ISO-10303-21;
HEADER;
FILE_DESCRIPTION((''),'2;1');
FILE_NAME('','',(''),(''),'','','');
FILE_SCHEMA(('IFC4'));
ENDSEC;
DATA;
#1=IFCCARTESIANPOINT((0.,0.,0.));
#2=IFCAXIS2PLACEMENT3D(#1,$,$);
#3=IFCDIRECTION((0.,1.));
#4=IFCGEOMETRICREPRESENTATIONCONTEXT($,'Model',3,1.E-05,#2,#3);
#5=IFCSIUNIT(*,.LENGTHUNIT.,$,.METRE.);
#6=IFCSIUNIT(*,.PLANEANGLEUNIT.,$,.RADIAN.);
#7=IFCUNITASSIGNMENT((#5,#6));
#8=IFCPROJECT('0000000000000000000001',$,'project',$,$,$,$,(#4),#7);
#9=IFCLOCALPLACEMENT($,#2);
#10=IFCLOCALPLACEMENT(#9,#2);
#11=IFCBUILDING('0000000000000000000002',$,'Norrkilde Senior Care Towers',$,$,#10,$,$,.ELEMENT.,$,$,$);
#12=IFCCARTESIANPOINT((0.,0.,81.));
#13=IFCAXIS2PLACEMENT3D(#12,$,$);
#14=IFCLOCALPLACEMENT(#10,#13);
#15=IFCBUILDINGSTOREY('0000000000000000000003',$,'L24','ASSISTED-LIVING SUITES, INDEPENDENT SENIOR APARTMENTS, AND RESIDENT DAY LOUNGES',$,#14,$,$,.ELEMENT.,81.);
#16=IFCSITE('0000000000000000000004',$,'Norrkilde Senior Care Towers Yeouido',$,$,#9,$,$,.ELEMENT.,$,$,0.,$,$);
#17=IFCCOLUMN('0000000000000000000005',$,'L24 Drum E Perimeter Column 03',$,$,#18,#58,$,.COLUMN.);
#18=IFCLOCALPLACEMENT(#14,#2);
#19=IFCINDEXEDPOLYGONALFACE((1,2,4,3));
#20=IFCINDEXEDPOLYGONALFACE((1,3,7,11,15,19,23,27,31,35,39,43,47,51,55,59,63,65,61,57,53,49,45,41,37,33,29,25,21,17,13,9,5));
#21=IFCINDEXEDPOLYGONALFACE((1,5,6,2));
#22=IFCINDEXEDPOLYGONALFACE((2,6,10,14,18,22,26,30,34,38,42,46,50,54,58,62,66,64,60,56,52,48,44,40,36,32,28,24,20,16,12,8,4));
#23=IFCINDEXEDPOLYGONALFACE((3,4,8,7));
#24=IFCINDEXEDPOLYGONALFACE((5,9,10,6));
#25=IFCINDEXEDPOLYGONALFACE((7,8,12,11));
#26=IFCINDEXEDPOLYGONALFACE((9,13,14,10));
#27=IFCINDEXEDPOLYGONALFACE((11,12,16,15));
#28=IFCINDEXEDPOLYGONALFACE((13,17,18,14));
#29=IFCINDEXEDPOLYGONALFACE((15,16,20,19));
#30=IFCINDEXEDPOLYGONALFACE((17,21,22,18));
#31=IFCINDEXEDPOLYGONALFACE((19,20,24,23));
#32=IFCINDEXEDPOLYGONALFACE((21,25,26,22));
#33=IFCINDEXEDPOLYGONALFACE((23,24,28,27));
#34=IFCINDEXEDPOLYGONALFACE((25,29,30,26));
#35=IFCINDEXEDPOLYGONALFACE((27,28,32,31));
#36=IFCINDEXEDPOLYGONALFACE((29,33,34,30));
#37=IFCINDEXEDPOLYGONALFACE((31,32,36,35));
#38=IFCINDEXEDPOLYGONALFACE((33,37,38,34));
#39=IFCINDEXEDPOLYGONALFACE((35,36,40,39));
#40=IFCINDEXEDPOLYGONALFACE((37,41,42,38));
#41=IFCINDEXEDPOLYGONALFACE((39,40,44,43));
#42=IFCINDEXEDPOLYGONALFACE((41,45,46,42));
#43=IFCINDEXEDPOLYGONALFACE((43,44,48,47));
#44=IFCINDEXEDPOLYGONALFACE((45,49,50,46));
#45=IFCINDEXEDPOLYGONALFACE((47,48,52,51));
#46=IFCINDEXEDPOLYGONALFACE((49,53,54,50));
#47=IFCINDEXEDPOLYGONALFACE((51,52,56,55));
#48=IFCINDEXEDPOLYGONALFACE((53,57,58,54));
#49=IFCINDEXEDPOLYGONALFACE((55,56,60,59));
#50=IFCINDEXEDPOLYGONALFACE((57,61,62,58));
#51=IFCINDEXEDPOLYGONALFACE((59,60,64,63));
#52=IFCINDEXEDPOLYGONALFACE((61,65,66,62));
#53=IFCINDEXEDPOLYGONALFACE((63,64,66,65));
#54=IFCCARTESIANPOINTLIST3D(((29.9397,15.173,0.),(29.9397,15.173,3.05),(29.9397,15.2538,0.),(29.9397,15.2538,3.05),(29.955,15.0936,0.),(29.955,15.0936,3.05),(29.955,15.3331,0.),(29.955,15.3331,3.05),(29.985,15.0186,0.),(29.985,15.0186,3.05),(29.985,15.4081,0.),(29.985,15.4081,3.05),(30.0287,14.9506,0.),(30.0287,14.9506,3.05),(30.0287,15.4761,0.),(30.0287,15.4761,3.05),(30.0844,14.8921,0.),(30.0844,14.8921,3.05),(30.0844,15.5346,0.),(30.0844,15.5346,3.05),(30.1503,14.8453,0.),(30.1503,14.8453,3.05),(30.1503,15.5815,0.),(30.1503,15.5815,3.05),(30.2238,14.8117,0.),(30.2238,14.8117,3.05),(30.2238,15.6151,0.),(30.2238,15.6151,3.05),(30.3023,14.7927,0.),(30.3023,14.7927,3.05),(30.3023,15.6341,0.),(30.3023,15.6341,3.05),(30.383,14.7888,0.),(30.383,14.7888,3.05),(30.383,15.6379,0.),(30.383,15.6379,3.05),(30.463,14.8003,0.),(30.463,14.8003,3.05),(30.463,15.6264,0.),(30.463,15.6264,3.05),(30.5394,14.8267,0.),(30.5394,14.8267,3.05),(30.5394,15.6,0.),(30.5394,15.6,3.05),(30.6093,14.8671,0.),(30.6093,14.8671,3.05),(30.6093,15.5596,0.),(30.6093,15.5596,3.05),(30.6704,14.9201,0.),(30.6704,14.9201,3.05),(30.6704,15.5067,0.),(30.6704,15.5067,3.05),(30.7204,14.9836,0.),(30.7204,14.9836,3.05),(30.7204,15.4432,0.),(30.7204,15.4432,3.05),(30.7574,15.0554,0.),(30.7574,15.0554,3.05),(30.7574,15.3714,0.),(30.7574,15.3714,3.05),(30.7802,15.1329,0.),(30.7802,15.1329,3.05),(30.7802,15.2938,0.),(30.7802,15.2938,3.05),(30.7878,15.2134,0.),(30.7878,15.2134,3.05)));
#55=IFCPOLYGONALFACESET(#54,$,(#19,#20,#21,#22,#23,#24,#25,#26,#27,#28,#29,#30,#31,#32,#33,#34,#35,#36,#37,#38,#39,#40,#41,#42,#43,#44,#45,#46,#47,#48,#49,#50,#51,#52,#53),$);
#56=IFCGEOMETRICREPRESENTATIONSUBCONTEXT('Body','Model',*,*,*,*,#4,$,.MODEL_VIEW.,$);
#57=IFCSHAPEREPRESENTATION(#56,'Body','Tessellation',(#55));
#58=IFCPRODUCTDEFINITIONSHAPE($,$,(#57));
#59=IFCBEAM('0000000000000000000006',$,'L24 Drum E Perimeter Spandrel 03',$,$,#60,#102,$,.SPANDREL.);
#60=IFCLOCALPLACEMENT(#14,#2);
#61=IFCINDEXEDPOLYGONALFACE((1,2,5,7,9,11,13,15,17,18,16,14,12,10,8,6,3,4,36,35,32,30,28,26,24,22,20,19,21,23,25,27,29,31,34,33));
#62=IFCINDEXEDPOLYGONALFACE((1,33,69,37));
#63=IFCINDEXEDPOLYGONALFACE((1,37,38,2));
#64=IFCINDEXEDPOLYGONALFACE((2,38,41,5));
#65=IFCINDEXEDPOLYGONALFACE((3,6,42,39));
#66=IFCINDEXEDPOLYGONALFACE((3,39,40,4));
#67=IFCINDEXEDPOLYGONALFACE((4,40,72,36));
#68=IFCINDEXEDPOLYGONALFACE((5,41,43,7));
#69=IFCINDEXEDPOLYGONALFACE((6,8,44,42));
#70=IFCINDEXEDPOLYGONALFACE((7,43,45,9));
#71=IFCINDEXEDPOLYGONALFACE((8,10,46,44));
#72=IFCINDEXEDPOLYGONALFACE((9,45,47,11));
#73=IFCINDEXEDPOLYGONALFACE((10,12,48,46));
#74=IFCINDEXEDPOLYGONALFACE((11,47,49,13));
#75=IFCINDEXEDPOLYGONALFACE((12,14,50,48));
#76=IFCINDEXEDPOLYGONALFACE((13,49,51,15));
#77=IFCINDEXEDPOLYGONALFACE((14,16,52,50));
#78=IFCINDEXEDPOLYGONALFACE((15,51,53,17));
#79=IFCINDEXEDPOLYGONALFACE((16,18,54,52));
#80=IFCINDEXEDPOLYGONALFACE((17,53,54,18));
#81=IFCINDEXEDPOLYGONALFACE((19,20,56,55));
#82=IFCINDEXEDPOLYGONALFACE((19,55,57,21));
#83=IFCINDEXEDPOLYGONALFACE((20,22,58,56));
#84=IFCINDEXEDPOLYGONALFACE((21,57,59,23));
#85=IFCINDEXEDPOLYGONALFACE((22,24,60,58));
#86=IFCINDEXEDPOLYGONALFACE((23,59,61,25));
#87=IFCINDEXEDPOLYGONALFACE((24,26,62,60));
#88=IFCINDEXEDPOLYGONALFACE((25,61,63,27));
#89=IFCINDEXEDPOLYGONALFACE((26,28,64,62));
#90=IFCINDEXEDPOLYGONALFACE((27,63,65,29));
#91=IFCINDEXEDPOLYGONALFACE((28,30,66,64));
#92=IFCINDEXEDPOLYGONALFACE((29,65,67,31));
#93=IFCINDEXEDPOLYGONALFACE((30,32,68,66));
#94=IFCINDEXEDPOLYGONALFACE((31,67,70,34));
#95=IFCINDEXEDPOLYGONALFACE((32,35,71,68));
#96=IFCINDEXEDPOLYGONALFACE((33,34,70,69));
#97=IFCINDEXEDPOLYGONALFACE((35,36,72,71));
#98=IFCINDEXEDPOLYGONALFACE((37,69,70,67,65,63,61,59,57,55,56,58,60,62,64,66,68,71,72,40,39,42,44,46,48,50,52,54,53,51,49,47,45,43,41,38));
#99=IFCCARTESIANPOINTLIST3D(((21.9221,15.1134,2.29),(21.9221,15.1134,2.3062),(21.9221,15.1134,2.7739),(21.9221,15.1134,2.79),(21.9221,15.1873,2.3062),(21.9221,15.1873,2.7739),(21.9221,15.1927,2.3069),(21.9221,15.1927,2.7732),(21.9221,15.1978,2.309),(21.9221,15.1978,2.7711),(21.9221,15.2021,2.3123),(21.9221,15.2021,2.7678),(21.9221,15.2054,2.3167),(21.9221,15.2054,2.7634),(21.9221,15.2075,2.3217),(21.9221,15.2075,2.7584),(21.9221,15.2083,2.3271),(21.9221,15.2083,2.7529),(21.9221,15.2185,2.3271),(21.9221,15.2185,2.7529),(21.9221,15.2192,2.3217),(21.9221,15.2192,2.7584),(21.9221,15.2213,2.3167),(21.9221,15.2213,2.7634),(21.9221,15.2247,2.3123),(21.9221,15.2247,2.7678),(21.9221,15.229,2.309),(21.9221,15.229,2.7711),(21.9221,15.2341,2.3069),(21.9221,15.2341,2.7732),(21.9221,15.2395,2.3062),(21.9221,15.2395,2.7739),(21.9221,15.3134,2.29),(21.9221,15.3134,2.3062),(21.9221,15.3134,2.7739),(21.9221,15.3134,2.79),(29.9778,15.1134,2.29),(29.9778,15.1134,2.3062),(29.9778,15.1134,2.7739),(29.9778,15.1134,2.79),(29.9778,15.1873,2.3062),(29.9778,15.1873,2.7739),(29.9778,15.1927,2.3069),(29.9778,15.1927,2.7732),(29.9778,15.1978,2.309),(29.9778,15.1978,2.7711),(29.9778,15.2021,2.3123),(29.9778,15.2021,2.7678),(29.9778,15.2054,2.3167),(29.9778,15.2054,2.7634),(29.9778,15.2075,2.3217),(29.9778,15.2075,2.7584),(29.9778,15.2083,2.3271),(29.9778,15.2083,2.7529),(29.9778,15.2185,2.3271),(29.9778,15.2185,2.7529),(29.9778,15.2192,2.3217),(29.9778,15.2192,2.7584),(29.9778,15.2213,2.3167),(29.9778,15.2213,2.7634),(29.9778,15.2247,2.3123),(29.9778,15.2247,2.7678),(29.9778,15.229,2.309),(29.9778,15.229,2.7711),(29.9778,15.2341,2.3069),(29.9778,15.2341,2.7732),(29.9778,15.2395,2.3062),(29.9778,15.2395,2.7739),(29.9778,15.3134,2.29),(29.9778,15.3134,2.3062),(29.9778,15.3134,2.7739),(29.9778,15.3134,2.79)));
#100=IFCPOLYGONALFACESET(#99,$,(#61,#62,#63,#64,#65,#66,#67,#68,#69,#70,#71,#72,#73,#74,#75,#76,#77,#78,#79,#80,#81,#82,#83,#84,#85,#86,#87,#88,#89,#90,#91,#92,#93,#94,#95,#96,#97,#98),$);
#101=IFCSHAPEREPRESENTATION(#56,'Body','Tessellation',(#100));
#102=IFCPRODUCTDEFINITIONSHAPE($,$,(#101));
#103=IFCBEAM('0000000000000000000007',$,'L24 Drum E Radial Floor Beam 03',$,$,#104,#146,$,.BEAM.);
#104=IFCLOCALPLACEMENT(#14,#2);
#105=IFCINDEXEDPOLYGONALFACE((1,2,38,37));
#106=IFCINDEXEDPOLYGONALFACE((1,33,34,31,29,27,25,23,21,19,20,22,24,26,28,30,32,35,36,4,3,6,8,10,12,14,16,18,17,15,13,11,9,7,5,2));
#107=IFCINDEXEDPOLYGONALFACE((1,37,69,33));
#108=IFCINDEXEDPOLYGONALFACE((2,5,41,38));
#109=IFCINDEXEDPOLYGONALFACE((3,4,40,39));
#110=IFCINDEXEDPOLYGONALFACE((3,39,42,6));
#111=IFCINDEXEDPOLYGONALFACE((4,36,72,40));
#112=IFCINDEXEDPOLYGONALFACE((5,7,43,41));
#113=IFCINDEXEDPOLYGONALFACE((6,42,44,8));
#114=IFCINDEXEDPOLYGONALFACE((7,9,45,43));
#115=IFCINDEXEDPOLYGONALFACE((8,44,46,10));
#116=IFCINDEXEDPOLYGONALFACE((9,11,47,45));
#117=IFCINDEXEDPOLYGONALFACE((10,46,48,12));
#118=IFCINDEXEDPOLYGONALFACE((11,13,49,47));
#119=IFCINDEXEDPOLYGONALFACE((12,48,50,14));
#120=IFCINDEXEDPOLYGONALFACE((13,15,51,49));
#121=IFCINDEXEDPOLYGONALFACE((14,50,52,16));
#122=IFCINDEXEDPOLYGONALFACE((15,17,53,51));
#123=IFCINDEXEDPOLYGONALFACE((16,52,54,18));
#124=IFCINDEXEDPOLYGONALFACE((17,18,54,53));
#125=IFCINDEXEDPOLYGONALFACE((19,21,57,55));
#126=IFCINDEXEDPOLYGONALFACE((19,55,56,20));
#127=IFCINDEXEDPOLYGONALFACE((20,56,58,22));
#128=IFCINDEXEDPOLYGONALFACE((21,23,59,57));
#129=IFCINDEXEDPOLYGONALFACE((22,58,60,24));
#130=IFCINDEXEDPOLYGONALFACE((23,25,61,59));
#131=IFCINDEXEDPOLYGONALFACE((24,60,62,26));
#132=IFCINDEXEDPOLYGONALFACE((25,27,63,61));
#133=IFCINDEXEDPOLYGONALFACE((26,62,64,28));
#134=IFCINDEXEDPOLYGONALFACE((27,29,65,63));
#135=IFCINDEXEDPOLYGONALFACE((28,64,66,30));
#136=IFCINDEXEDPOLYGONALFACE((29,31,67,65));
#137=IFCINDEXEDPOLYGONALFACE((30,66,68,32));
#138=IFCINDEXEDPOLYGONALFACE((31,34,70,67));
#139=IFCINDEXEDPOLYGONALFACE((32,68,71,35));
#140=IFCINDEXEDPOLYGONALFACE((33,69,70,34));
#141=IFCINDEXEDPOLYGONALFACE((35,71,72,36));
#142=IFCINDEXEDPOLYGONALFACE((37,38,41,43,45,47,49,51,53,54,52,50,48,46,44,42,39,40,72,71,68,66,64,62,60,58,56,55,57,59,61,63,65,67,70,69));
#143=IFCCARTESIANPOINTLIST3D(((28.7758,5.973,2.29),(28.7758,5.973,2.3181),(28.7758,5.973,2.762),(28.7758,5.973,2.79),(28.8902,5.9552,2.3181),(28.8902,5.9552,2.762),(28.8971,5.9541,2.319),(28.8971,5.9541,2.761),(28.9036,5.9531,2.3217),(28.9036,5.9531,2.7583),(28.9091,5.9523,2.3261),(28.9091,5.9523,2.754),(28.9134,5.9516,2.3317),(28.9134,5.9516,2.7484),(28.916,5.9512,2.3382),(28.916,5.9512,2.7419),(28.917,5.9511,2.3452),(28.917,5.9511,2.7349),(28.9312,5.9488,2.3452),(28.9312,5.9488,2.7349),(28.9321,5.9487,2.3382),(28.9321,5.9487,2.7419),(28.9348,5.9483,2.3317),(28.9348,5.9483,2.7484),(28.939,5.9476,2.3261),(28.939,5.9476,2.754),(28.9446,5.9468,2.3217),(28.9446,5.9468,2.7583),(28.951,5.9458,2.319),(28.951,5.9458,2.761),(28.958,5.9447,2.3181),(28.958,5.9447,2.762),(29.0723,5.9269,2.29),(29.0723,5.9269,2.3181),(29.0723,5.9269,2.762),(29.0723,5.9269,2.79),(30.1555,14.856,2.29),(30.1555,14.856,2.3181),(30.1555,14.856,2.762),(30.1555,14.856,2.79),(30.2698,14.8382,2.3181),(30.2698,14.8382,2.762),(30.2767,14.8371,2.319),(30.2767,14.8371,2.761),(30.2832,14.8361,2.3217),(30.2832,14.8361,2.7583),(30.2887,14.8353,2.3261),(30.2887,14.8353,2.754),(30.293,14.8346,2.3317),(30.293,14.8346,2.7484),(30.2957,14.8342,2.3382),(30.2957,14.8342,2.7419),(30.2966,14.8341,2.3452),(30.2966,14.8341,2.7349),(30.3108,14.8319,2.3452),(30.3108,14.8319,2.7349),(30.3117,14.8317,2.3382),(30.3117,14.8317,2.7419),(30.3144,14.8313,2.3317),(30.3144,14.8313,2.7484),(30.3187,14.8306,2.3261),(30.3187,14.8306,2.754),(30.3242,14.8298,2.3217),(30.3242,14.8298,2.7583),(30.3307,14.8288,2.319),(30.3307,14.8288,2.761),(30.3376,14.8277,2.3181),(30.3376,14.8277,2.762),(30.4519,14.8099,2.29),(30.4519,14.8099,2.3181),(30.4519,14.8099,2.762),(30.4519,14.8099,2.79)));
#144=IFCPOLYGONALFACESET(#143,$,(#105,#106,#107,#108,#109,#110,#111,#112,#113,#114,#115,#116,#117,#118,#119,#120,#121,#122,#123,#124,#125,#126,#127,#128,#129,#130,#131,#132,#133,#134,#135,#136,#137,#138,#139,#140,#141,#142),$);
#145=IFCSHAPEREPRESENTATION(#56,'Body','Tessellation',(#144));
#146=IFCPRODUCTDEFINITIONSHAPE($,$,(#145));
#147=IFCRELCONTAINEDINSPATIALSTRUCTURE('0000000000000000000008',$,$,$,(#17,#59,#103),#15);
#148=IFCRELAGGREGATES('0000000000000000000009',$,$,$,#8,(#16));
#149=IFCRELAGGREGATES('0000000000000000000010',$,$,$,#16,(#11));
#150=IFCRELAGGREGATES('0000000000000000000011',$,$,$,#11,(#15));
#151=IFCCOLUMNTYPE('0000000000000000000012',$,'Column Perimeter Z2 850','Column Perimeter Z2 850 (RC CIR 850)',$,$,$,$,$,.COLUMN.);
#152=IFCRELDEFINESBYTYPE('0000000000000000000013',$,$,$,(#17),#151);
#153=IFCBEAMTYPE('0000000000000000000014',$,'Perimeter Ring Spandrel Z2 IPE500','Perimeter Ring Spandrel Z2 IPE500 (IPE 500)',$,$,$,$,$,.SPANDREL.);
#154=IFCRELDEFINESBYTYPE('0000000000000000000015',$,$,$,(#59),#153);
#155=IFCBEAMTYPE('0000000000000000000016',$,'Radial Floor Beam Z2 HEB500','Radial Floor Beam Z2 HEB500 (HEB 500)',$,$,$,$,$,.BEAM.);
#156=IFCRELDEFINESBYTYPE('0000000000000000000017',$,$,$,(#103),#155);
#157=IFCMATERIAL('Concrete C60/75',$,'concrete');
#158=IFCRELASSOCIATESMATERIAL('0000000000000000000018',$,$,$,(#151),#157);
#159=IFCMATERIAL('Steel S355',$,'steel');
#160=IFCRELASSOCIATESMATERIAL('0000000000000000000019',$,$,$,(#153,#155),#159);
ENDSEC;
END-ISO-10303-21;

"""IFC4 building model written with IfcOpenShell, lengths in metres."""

from ifc_helpers import new_model, si_unit, direction, frame, origin, origin_2d, place, context, subcontext, project, spatial, circle, i_section, extrude, source, transform, mapped, material, material_profile, profile_set, type_object, type_shapes, element, save


model = new_model("IFC4")

# Units and contexts
model_context = context("Model", 3, precision=1e-05, world=origin(), true_north=direction((0.0, 1.0)))
body_context = subcontext(model_context, "Body", "Model", "MODEL_VIEW")
ifc_project = project(units=[si_unit("LENGTHUNIT", "METRE"), si_unit("PLANEANGLEUNIT", "RADIAN")], contexts=[model_context])

# Site, building, storey
site_placement = place(None, origin())
site = spatial("IfcSite", under=ifc_project, at=site_placement, Name="Norrkilde Senior Care Towers Yeouido", CompositionType="ELEMENT", RefElevation=0.0)
building_placement = place(site_placement, origin())
building = spatial("IfcBuilding", under=site, at=building_placement, Name="Norrkilde Senior Care Towers", CompositionType="ELEMENT")
storey_placement = place(building_placement, frame((0.0, 0.0, 81.0)))
storey = spatial("IfcBuildingStorey", under=building, at=storey_placement, Name="L24", Description="ASSISTED-LIVING SUITES, INDEPENDENT SENIOR APARTMENTS, AND RESIDENT DAY LOUNGES", CompositionType="ELEMENT", Elevation=81.0)

# Column
ifc_material_1 = material(Name="Concrete C60/75", Category="concrete")
ifc_material_profile_1 = material_profile(ifc_material_1, circle(Radius=0.425, at=origin_2d()), Name="RC CIR 850")
ifc_profile_set_1 = profile_set([ifc_material_profile_1], Name="Concrete C60/75")
column_type = type_object("IfcColumnType", Name="Column Perimeter Z2 850", Description="Column Perimeter Z2 850 (RC CIR 850)", PredefinedType="COLUMN", material=ifc_profile_set_1)
shared_shape_1 = source(origin(), body_context, "Body", "SweptSolid", [
    extrude(circle(Radius=0.425, at=origin_2d()), origin(), (0.0, 0.0, 1.0), 3.05),
])
type_shapes(column_type, [shared_shape_1])
column_placement = place(storey_placement, frame((30.3628, 15.2134, 0.0), z_axis=(0.0, 0.0, 1.0), x_axis=(1.0, 0.0, 0.0)))
element("IfcColumn", 1, at=column_placement, inside=storey, type_object=column_type, Name="L24 Drum E Perimeter Column 03", PredefinedType="COLUMN", context=body_context, shape_type="MappedRepresentation", body=[
    mapped(shared_shape_1, transform((0.0, 0.0, 0.0), x_axis=(1.0, 0.0, 0.0), y_axis=(0.0, 1.0, 0.0), z_axis=(0.0, 0.0, 1.0), scale=1.0)),
])

# Beams
ifc_material_2 = material(Name="Steel S355", Category="steel")
ifc_material_profile_2 = material_profile(ifc_material_2, i_section(OverallWidth=0.2, OverallDepth=0.5, WebThickness=0.0103, FlangeThickness=0.0161, FilletRadius=0.021, at=origin_2d()), Name="IPE 500")
ifc_profile_set_2 = profile_set([ifc_material_profile_2], Name="Steel S355")
beam_type_1 = type_object("IfcBeamType", Name="Perimeter Ring Spandrel Z2 IPE500", Description="Perimeter Ring Spandrel Z2 IPE500 (IPE 500)", PredefinedType="SPANDREL", material=ifc_profile_set_2)
shared_shape_2 = source(origin(), body_context, "Body", "SweptSolid", [
    extrude(i_section(OverallWidth=0.2, OverallDepth=0.5, WebThickness=0.0103, FlangeThickness=0.0161, FilletRadius=0.021, at=origin_2d()), origin(), (0.0, 0.0, 1.0), 8.0557),
])
type_shapes(beam_type_1, [shared_shape_2])
beam_1_placement = place(storey_placement, frame((29.9778, 15.2134, 2.54), z_axis=(-1.0, 0.0, 0.0), x_axis=(0.0, -1.0, 0.0)))
element("IfcBeam", 2, at=beam_1_placement, inside=storey, type_object=beam_type_1, Name="L24 Drum E Perimeter Spandrel 03", PredefinedType="SPANDREL", context=body_context, shape_type="MappedRepresentation", body=[
    mapped(shared_shape_2, transform((0.0, 0.0, 0.0), x_axis=(1.0, 0.0, 0.0), y_axis=(0.0, 1.0, 0.0), z_axis=(0.0, 0.0, 1.0), scale=1.0)),
])
ifc_material_profile_3 = material_profile(ifc_material_2, i_section(OverallWidth=0.3, OverallDepth=0.5, WebThickness=0.0144, FlangeThickness=0.0281, FilletRadius=0.0271, at=origin_2d()), Name="HEB 500")
ifc_profile_set_3 = profile_set([ifc_material_profile_3], Name="Steel S355")
beam_type_2 = type_object("IfcBeamType", Name="Radial Floor Beam Z2 HEB500", Description="Radial Floor Beam Z2 HEB500 (HEB 500)", PredefinedType="BEAM", material=ifc_profile_set_3)
shared_shape_3 = source(origin(), body_context, "Body", "SweptSolid", [
    extrude(i_section(OverallWidth=0.3, OverallDepth=0.5, WebThickness=0.0144, FlangeThickness=0.0281, FilletRadius=0.0271, at=origin_2d()), origin(), (0.0, 0.0, 1.0), 8.9895),
])
beam_2_placement = place(storey_placement, frame((28.9241, 5.95, 2.54), z_axis=(0.153471, 0.988153, 0.0), x_axis=(-0.988153, 0.153471, 0.0)))
element("IfcBeam", 3, at=beam_2_placement, inside=storey, type_object=beam_type_2, Name="L24 Drum E Radial Floor Beam 03", PredefinedType="BEAM", context=body_context, shape_type="MappedRepresentation", body=[
    mapped(shared_shape_3, transform((0.0, 0.0, 0.0), x_axis=(1.0, 0.0, 0.0), y_axis=(0.0, 1.0, 0.0), z_axis=(0.0, 0.0, 1.0), scale=1.0)),
])

save(model, "model.ifc")
